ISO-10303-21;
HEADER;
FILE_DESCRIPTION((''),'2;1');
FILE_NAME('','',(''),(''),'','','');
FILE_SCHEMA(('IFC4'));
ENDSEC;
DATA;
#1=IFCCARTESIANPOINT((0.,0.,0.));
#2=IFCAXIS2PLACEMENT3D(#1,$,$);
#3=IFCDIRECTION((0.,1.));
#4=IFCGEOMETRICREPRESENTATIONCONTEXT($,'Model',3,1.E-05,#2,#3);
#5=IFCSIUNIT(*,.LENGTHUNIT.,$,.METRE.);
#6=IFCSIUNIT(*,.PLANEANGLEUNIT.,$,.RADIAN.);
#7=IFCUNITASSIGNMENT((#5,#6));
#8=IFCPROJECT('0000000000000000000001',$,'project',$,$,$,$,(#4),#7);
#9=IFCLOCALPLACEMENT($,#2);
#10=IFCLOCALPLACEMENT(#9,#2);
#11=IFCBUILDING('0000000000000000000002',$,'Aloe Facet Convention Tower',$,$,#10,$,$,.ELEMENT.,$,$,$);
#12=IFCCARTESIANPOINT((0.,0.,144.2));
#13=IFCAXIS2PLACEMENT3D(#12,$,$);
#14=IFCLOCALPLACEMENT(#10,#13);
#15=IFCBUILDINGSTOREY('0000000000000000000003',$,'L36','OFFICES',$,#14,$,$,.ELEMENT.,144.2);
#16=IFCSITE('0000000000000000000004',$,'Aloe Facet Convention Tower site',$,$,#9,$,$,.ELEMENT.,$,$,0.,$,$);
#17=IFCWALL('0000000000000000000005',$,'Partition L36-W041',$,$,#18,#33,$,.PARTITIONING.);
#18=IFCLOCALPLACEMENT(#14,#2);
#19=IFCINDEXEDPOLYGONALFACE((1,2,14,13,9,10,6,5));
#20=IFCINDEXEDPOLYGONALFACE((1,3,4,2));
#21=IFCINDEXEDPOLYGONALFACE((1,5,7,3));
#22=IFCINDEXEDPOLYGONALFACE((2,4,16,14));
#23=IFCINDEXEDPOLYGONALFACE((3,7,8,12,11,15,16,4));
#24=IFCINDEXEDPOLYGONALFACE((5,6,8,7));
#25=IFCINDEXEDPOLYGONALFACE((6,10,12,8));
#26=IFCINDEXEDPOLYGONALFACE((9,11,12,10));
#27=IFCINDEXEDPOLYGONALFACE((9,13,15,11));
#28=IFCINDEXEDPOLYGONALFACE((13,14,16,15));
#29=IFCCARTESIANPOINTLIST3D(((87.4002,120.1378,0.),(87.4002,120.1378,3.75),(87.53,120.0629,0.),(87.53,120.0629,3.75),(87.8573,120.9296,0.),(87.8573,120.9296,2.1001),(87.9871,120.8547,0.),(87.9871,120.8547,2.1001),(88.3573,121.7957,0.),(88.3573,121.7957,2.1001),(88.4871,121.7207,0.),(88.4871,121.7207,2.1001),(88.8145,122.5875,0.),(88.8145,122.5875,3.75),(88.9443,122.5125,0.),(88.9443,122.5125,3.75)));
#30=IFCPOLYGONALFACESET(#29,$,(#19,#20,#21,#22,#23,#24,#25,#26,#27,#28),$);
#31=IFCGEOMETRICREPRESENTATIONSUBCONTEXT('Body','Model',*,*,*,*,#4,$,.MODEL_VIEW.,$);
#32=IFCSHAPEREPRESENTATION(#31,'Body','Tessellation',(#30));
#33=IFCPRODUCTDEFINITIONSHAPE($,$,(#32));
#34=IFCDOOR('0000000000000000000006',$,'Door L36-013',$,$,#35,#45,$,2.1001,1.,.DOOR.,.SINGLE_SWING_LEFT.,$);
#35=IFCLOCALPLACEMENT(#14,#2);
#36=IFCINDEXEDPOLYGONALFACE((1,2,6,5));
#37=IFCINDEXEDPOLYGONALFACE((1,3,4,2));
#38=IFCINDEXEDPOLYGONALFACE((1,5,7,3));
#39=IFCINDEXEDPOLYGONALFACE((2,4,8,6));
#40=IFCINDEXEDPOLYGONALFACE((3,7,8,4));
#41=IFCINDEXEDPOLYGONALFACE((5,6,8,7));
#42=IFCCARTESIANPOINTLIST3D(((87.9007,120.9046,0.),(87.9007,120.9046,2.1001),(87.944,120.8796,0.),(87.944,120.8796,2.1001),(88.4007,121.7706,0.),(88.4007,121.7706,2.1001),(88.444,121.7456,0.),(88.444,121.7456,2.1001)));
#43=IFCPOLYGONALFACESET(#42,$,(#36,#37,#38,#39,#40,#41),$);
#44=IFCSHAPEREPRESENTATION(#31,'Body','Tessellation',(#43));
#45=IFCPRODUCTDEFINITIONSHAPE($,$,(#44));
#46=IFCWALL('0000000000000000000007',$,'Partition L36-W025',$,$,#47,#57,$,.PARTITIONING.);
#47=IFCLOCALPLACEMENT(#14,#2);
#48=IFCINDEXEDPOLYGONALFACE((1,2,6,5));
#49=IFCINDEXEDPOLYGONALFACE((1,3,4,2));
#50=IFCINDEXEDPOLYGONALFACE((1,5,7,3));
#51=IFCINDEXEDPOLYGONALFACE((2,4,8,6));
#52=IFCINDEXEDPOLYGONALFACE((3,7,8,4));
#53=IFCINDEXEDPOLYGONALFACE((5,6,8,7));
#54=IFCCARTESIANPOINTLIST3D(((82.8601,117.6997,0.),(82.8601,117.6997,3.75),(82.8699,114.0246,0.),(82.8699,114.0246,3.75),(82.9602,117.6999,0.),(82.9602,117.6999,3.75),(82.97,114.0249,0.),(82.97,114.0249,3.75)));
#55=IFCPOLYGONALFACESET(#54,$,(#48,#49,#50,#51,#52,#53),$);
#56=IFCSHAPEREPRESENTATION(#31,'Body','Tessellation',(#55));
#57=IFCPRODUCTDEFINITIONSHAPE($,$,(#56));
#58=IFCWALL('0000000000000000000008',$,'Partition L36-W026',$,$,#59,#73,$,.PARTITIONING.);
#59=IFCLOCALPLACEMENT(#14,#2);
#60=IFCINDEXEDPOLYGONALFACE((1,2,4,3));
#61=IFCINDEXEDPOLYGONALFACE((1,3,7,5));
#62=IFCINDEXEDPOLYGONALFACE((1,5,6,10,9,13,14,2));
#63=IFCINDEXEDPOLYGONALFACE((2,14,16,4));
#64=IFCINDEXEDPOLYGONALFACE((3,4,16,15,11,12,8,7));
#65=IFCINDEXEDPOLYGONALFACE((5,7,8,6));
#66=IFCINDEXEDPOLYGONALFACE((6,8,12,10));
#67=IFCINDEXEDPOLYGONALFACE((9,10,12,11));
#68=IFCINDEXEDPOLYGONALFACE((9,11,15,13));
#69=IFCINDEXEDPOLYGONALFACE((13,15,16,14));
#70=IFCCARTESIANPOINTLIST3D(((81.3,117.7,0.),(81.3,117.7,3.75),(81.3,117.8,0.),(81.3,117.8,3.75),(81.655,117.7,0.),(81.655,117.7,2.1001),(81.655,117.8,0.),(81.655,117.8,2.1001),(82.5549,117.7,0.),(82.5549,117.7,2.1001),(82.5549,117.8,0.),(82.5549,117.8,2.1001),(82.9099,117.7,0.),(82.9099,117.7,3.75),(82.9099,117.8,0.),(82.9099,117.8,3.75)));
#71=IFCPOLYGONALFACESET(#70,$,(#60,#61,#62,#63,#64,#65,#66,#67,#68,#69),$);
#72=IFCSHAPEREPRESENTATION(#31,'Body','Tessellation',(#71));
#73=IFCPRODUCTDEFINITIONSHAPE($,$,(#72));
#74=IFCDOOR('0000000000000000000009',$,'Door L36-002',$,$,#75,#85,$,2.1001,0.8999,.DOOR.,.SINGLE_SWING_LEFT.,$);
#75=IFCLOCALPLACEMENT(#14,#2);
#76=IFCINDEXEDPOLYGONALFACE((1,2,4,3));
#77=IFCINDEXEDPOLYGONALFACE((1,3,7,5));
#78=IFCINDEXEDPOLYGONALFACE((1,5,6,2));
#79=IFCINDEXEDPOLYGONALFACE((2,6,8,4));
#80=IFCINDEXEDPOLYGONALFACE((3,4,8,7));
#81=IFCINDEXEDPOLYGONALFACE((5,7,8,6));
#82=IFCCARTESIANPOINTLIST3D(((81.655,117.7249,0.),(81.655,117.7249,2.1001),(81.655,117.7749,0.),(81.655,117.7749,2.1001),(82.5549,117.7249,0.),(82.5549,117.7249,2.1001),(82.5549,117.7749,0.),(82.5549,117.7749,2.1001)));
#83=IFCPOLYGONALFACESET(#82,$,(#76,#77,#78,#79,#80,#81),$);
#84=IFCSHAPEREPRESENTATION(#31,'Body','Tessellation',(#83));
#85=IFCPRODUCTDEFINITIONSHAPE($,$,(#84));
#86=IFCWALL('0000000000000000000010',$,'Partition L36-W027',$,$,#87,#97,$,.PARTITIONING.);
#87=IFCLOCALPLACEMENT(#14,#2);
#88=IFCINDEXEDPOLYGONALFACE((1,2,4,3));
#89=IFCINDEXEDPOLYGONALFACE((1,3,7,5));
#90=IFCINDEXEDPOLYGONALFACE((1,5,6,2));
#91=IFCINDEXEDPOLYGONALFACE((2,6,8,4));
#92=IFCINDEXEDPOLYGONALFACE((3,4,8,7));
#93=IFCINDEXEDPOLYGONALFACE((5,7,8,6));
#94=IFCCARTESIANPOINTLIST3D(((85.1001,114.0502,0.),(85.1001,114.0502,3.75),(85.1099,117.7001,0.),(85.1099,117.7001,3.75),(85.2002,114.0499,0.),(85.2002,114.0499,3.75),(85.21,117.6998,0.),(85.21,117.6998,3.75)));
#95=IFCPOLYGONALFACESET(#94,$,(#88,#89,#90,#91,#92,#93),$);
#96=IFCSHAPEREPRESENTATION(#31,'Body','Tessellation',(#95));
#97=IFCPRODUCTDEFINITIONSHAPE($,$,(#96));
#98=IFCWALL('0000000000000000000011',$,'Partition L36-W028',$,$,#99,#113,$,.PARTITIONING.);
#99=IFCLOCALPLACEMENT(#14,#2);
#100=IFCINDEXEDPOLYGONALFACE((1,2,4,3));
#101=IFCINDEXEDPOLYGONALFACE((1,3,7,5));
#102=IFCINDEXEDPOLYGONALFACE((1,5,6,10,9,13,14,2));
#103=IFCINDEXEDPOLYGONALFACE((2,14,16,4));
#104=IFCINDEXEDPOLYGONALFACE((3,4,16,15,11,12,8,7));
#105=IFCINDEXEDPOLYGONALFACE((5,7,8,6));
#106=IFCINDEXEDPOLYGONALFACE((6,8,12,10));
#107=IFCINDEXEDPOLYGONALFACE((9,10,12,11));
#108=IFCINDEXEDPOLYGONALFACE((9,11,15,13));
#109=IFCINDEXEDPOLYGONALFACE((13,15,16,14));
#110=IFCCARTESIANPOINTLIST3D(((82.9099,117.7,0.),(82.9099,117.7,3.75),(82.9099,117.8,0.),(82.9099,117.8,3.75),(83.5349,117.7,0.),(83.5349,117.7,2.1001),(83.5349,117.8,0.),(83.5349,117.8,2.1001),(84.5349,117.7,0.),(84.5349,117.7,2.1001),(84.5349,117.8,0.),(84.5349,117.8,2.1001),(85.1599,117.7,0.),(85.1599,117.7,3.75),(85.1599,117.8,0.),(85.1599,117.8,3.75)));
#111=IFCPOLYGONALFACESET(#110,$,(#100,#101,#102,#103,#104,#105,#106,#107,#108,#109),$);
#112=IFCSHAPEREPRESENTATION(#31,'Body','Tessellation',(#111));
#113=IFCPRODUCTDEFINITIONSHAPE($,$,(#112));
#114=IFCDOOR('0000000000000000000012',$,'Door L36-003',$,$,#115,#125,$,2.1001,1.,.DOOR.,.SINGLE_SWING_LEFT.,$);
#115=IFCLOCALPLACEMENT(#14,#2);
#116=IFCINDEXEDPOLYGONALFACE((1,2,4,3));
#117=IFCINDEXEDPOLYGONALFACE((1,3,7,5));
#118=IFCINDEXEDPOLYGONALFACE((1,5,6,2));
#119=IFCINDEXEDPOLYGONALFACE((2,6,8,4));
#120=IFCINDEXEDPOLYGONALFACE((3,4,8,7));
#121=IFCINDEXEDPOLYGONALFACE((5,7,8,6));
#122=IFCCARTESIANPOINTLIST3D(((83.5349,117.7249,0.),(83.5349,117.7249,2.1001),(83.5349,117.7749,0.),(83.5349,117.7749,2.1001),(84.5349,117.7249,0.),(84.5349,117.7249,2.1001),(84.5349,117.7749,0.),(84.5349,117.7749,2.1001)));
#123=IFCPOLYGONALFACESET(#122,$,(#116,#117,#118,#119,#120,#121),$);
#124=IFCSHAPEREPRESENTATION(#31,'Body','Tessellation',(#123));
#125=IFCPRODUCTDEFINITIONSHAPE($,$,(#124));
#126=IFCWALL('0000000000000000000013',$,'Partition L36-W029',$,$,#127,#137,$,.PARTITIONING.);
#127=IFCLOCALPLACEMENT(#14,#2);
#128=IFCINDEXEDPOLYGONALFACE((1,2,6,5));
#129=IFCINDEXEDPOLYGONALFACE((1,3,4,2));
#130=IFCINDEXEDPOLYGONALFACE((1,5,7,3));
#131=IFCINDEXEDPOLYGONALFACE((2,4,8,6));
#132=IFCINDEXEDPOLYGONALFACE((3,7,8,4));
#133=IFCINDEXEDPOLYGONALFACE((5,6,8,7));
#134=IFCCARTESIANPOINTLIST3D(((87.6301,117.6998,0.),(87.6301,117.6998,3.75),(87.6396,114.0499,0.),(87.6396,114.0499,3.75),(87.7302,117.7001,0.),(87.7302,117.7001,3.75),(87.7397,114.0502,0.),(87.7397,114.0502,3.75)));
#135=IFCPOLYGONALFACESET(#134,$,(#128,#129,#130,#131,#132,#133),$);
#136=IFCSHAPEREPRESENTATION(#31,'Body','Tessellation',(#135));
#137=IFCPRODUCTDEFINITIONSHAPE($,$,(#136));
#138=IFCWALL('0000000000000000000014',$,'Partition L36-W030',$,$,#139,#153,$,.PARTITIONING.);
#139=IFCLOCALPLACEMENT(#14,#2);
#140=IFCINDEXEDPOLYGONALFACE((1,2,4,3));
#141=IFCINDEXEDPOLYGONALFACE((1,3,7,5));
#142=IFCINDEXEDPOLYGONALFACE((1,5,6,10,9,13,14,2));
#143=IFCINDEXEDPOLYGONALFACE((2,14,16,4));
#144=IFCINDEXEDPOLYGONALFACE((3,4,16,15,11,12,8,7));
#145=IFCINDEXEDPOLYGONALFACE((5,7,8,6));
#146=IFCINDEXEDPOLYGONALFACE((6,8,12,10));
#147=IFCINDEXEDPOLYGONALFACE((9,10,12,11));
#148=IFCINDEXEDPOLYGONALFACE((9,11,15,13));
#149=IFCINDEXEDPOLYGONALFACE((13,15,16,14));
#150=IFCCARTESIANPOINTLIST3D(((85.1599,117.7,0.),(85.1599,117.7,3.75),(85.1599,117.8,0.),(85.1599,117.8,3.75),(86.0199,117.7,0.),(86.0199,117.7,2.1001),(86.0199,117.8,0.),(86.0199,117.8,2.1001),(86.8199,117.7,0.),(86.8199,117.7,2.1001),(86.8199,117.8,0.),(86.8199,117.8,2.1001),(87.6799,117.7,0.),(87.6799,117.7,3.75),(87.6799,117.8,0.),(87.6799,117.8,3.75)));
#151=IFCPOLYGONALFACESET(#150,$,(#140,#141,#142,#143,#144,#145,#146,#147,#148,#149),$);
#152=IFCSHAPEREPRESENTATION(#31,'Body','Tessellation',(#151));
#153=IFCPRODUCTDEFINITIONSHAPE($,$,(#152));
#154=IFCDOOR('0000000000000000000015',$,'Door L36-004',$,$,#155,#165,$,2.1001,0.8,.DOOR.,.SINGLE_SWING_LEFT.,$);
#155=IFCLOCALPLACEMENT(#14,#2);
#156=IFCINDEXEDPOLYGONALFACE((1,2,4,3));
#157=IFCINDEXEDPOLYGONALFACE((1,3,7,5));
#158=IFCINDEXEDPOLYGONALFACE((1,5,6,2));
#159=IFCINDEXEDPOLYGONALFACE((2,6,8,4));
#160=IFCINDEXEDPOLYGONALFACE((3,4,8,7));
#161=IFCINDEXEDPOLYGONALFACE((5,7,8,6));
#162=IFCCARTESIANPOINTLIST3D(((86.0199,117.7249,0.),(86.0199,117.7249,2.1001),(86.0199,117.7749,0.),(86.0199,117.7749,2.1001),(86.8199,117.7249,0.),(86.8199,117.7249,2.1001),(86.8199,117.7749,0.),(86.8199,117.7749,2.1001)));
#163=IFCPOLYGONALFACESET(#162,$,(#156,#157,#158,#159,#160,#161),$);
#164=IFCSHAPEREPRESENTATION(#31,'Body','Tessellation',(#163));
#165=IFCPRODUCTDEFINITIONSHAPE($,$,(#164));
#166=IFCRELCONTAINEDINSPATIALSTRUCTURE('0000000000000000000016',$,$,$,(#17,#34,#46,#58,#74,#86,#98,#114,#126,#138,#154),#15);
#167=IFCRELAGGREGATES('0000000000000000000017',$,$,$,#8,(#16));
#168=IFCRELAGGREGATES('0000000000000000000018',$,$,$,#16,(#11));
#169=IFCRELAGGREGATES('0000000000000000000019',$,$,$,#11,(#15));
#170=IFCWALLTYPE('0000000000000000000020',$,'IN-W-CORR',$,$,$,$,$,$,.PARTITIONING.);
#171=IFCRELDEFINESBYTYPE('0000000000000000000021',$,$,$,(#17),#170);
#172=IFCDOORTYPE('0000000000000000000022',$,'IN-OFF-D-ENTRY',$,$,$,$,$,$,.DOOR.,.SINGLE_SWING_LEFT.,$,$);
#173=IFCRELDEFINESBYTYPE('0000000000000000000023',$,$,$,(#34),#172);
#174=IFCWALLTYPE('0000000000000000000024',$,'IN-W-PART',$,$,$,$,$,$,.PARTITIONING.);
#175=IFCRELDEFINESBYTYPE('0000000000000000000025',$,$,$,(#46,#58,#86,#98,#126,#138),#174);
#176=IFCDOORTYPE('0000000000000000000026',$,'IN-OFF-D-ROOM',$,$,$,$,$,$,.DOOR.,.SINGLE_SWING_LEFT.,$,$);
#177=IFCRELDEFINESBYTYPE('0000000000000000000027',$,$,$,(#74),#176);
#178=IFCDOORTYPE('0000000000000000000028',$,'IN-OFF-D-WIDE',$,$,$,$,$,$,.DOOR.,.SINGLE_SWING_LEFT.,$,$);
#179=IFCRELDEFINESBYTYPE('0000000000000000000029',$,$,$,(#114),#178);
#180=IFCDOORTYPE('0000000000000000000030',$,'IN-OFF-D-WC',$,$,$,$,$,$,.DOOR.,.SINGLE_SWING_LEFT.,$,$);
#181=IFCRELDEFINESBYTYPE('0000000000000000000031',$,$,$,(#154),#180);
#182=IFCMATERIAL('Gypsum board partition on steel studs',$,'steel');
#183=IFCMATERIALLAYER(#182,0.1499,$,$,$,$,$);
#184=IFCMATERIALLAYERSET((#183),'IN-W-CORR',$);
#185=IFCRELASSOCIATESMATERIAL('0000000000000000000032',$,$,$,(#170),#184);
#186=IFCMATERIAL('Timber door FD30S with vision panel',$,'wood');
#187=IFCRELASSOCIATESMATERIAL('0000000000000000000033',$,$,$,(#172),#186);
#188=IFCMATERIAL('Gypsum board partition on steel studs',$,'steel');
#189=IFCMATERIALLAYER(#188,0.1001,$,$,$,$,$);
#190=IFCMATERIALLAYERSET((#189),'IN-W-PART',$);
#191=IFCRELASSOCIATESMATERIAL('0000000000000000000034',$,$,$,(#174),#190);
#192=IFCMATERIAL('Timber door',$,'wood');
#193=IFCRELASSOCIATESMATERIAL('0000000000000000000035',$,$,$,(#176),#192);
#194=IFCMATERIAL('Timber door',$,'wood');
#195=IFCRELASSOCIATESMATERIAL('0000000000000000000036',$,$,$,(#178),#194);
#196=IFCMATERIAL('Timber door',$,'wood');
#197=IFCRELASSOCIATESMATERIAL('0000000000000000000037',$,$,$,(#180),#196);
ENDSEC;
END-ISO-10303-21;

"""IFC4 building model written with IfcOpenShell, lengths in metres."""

from ifc_helpers import new_model, si_unit, direction, frame, frame_2d, origin, place, context, subcontext, project, spatial, rectangle, extrude, material, layer, layer_set, type_object, element, fill, save


model = new_model("IFC4")

# Units and contexts
model_context = context("Model", 3, precision=1e-05, world=origin(), true_north=direction((0.0, 1.0)))
body_context = subcontext(model_context, "Body", "Model", "MODEL_VIEW")
ifc_project = project(units=[si_unit("LENGTHUNIT", "METRE"), si_unit("PLANEANGLEUNIT", "RADIAN")], contexts=[model_context])

# Site, building, storey
site_placement = place(None, origin())
site = spatial("IfcSite", under=ifc_project, at=site_placement, Name="Aloe Facet Convention Tower site", CompositionType="ELEMENT", RefElevation=0.0)
building_placement = place(site_placement, origin())
building = spatial("IfcBuilding", under=site, at=building_placement, Name="Aloe Facet Convention Tower", CompositionType="ELEMENT")
storey_placement = place(building_placement, frame((0.0, 0.0, 144.2)))
storey = spatial("IfcBuildingStorey", under=building, at=storey_placement, Name="L36", Description="OFFICES", CompositionType="ELEMENT", Elevation=144.2)

# Shared definitions
ifc_material_1 = material(Name="Gypsum board partition on steel studs", Category="steel")
ifc_layer_1 = layer(ifc_material_1, 0.1499)
ifc_layer_set_1 = layer_set([ifc_layer_1], Name="IN-W-CORR")
wall_type_1 = type_object("IfcWallType", Name="IN-W-CORR", PredefinedType="PARTITIONING", material=ifc_layer_set_1)

# Wall, opening, door
ifc_material_2 = material(Name="Timber door FD30S with vision panel", Category="wood")
door_type_1 = type_object("IfcDoorType", Name="IN-OFF-D-ENTRY", OperationType="SINGLE_SWING_LEFT", PredefinedType="DOOR", material=ifc_material_2)
wall_1_placement = place(storey_placement, frame((87.4651, 120.1003, 0.0), z_axis=(0.0, 0.0, 1.0), x_axis=(0.499991, 0.86603, 0.0)))
wall_1 = element("IfcWall", 1, at=wall_1_placement, inside=storey, type_object=wall_type_1, Name="Partition L36-W041", PredefinedType="PARTITIONING", context=body_context, shape_type="SweptSolid", body=[
    extrude(rectangle(XDim=2.8286, YDim=0.1499, at=frame_2d((1.4143, 0.0))), origin(), (0.0, 0.0, 1.0), 3.75),
])
opening_1_placement = place(wall_1_placement, frame((0.9143, 0.0, 0.0)))
opening_1 = element("IfcOpeningElement", 2, at=opening_1_placement, cuts=wall_1, PredefinedType="OPENING", context=body_context, shape_type="SweptSolid", body=[
    extrude(rectangle(XDim=1.0, YDim=2.1001, at=frame_2d((0.5, 1.05))), frame((0.0, 0.085, 0.0), z_axis=(0.0, -1.0, 0.0), x_axis=(1.0, 0.0, 0.0)), (0.0, 0.0, 1.0), 0.1699),
])
door_1_placement = place(opening_1_placement, origin())
door_1 = element("IfcDoor", 3, at=door_1_placement, inside=storey, type_object=door_type_1, Name="Door L36-013", OperationType="SINGLE_SWING_LEFT", OverallHeight=2.1001, OverallWidth=1.0, PredefinedType="DOOR", context=body_context, shape_type="SweptSolid", body=[
    extrude(rectangle(XDim=1.0, YDim=2.1001, at=frame_2d((0.5, 1.05))), frame((0.0, 0.0249, 0.0), z_axis=(0.0, -1.0, 0.0), x_axis=(1.0, 0.0, 0.0)), (0.0, 0.0, 1.0), 0.05),
])
fill(opening_1, door_1)

# Wall
ifc_material_3 = material(Name="Gypsum board partition on steel studs", Category="steel")
ifc_layer_2 = layer(ifc_material_3, 0.1001)
ifc_layer_set_2 = layer_set([ifc_layer_2], Name="IN-W-PART")
wall_type_2 = type_object("IfcWallType", Name="IN-W-PART", PredefinedType="PARTITIONING", material=ifc_layer_set_2)
wall_2_placement = place(storey_placement, frame((82.9199, 114.0249, 0.0), z_axis=(0.0, 0.0, 1.0), x_axis=(-0.002657, 0.999996, 0.0)))
element("IfcWall", 4, at=wall_2_placement, inside=storey, type_object=wall_type_2, Name="Partition L36-W025", PredefinedType="PARTITIONING", context=body_context, shape_type="SweptSolid", body=[
    extrude(rectangle(XDim=3.675, YDim=0.1001, at=frame_2d((1.8374, 0.0))), origin(), (0.0, 0.0, 1.0), 3.75),
])

# Wall, opening, door
wall_3_placement = place(storey_placement, frame((81.3, 117.75, 0.0), z_axis=(0.0, 0.0, 1.0), x_axis=(1.0, 0.0, 0.0)))
wall_3 = element("IfcWall", 5, at=wall_3_placement, inside=storey, type_object=wall_type_2, Name="Partition L36-W026", PredefinedType="PARTITIONING", context=body_context, shape_type="SweptSolid", body=[
    extrude(rectangle(XDim=1.6099, YDim=0.1001, at=frame_2d((0.8049, 0.0))), origin(), (0.0, 0.0, 1.0), 3.75),
])
opening_2_placement = place(wall_3_placement, frame((0.355, 0.0, 0.0)))
opening_2 = element("IfcOpeningElement", 6, at=opening_2_placement, cuts=wall_3, PredefinedType="OPENING", context=body_context, shape_type="SweptSolid", body=[
    extrude(rectangle(XDim=0.8999, YDim=2.1001, at=frame_2d((0.45, 1.05))), frame((0.0, 0.0601, 0.0), z_axis=(0.0, -1.0, 0.0), x_axis=(1.0, 0.0, 0.0)), (0.0, 0.0, 1.0), 0.1201),
])
ifc_material_4 = material(Name="Timber door", Category="wood")
door_type_2 = type_object("IfcDoorType", Name="IN-OFF-D-ROOM", OperationType="SINGLE_SWING_LEFT", PredefinedType="DOOR", material=ifc_material_4)
door_2_placement = place(opening_2_placement, origin())
door_2 = element("IfcDoor", 7, at=door_2_placement, inside=storey, type_object=door_type_2, Name="Door L36-002", OperationType="SINGLE_SWING_LEFT", OverallHeight=2.1001, OverallWidth=0.8999, PredefinedType="DOOR", context=body_context, shape_type="SweptSolid", body=[
    extrude(rectangle(XDim=0.8999, YDim=2.1001, at=frame_2d((0.45, 1.05))), frame((0.0, 0.0249, 0.0), z_axis=(0.0, -1.0, 0.0), x_axis=(1.0, 0.0, 0.0)), (0.0, 0.0, 1.0), 0.05),
])
fill(opening_2, door_2)

# Wall
wall_4_placement = place(storey_placement, frame((85.1501, 114.05, 0.0), z_axis=(0.0, 0.0, 1.0), x_axis=(0.002676, 0.999996, 0.0)))
element("IfcWall", 8, at=wall_4_placement, inside=storey, type_object=wall_type_2, Name="Partition L36-W027", PredefinedType="PARTITIONING", context=body_context, shape_type="SweptSolid", body=[
    extrude(rectangle(XDim=3.6499, YDim=0.1001, at=frame_2d((1.825, 0.0))), origin(), (0.0, 0.0, 1.0), 3.75),
])

# Wall, opening, door
wall_5_placement = place(storey_placement, frame((82.9099, 117.75, 0.0), z_axis=(0.0, 0.0, 1.0), x_axis=(1.0, 0.0, 0.0)))
wall_5 = element("IfcWall", 9, at=wall_5_placement, inside=storey, type_object=wall_type_2, Name="Partition L36-W028", PredefinedType="PARTITIONING", context=body_context, shape_type="SweptSolid", body=[
    extrude(rectangle(XDim=2.25, YDim=0.1001, at=frame_2d((1.125, 0.0))), origin(), (0.0, 0.0, 1.0), 3.75),
])
opening_3_placement = place(wall_5_placement, frame((0.625, 0.0, 0.0)))
opening_3 = element("IfcOpeningElement", 10, at=opening_3_placement, cuts=wall_5, PredefinedType="OPENING", context=body_context, shape_type="SweptSolid", body=[
    extrude(rectangle(XDim=1.0, YDim=2.1001, at=frame_2d((0.5, 1.05))), frame((0.0, 0.0601, 0.0), z_axis=(0.0, -1.0, 0.0), x_axis=(1.0, 0.0, 0.0)), (0.0, 0.0, 1.0), 0.1201),
])
ifc_material_5 = material(Name="Timber door", Category="wood")
door_type_3 = type_object("IfcDoorType", Name="IN-OFF-D-WIDE", OperationType="SINGLE_SWING_LEFT", PredefinedType="DOOR", material=ifc_material_5)
door_3_placement = place(opening_3_placement, origin())
door_3 = element("IfcDoor", 11, at=door_3_placement, inside=storey, type_object=door_type_3, Name="Door L36-003", OperationType="SINGLE_SWING_LEFT", OverallHeight=2.1001, OverallWidth=1.0, PredefinedType="DOOR", context=body_context, shape_type="SweptSolid", body=[
    extrude(rectangle(XDim=1.0, YDim=2.1001, at=frame_2d((0.5, 1.05))), frame((0.0, 0.0249, 0.0), z_axis=(0.0, -1.0, 0.0), x_axis=(1.0, 0.0, 0.0)), (0.0, 0.0, 1.0), 0.05),
])
fill(opening_3, door_3)

# Wall
wall_6_placement = place(storey_placement, frame((87.6897, 114.05, 0.0), z_axis=(0.0, 0.0, 1.0), x_axis=(-0.002609, 0.999997, 0.0)))
element("IfcWall", 12, at=wall_6_placement, inside=storey, type_object=wall_type_2, Name="Partition L36-W029", PredefinedType="PARTITIONING", context=body_context, shape_type="SweptSolid", body=[
    extrude(rectangle(XDim=3.6499, YDim=0.1001, at=frame_2d((1.825, 0.0))), origin(), (0.0, 0.0, 1.0), 3.75),
])

# Wall, opening, door
wall_7_placement = place(storey_placement, frame((85.1599, 117.75, 0.0), z_axis=(0.0, 0.0, 1.0), x_axis=(1.0, 0.0, 0.0)))
wall_7 = element("IfcWall", 13, at=wall_7_placement, inside=storey, type_object=wall_type_2, Name="Partition L36-W030", PredefinedType="PARTITIONING", context=body_context, shape_type="SweptSolid", body=[
    extrude(rectangle(XDim=2.52, YDim=0.1001, at=frame_2d((1.26, 0.0))), origin(), (0.0, 0.0, 1.0), 3.75),
])
opening_4_placement = place(wall_7_placement, frame((0.8601, 0.0, 0.0)))
opening_4 = element("IfcOpeningElement", 14, at=opening_4_placement, cuts=wall_7, PredefinedType="OPENING", context=body_context, shape_type="SweptSolid", body=[
    extrude(rectangle(XDim=0.8, YDim=2.1001, at=frame_2d((0.3999, 1.05))), frame((0.0, 0.0601, 0.0), z_axis=(0.0, -1.0, 0.0), x_axis=(1.0, 0.0, 0.0)), (0.0, 0.0, 1.0), 0.1201),
])
ifc_material_6 = material(Name="Timber door", Category="wood")
door_type_4 = type_object("IfcDoorType", Name="IN-OFF-D-WC", OperationType="SINGLE_SWING_LEFT", PredefinedType="DOOR", material=ifc_material_6)
door_4_placement = place(opening_4_placement, origin())
door_4 = element("IfcDoor", 15, at=door_4_placement, inside=storey, type_object=door_type_4, Name="Door L36-004", OperationType="SINGLE_SWING_LEFT", OverallHeight=2.1001, OverallWidth=0.8, PredefinedType="DOOR", context=body_context, shape_type="SweptSolid", body=[
    extrude(rectangle(XDim=0.8, YDim=2.1001, at=frame_2d((0.3999, 1.05))), frame((0.0, 0.0249, 0.0), z_axis=(0.0, -1.0, 0.0), x_axis=(1.0, 0.0, 0.0)), (0.0, 0.0, 1.0), 0.05),
])
fill(opening_4, door_4)

save(model, "model.ifc")
